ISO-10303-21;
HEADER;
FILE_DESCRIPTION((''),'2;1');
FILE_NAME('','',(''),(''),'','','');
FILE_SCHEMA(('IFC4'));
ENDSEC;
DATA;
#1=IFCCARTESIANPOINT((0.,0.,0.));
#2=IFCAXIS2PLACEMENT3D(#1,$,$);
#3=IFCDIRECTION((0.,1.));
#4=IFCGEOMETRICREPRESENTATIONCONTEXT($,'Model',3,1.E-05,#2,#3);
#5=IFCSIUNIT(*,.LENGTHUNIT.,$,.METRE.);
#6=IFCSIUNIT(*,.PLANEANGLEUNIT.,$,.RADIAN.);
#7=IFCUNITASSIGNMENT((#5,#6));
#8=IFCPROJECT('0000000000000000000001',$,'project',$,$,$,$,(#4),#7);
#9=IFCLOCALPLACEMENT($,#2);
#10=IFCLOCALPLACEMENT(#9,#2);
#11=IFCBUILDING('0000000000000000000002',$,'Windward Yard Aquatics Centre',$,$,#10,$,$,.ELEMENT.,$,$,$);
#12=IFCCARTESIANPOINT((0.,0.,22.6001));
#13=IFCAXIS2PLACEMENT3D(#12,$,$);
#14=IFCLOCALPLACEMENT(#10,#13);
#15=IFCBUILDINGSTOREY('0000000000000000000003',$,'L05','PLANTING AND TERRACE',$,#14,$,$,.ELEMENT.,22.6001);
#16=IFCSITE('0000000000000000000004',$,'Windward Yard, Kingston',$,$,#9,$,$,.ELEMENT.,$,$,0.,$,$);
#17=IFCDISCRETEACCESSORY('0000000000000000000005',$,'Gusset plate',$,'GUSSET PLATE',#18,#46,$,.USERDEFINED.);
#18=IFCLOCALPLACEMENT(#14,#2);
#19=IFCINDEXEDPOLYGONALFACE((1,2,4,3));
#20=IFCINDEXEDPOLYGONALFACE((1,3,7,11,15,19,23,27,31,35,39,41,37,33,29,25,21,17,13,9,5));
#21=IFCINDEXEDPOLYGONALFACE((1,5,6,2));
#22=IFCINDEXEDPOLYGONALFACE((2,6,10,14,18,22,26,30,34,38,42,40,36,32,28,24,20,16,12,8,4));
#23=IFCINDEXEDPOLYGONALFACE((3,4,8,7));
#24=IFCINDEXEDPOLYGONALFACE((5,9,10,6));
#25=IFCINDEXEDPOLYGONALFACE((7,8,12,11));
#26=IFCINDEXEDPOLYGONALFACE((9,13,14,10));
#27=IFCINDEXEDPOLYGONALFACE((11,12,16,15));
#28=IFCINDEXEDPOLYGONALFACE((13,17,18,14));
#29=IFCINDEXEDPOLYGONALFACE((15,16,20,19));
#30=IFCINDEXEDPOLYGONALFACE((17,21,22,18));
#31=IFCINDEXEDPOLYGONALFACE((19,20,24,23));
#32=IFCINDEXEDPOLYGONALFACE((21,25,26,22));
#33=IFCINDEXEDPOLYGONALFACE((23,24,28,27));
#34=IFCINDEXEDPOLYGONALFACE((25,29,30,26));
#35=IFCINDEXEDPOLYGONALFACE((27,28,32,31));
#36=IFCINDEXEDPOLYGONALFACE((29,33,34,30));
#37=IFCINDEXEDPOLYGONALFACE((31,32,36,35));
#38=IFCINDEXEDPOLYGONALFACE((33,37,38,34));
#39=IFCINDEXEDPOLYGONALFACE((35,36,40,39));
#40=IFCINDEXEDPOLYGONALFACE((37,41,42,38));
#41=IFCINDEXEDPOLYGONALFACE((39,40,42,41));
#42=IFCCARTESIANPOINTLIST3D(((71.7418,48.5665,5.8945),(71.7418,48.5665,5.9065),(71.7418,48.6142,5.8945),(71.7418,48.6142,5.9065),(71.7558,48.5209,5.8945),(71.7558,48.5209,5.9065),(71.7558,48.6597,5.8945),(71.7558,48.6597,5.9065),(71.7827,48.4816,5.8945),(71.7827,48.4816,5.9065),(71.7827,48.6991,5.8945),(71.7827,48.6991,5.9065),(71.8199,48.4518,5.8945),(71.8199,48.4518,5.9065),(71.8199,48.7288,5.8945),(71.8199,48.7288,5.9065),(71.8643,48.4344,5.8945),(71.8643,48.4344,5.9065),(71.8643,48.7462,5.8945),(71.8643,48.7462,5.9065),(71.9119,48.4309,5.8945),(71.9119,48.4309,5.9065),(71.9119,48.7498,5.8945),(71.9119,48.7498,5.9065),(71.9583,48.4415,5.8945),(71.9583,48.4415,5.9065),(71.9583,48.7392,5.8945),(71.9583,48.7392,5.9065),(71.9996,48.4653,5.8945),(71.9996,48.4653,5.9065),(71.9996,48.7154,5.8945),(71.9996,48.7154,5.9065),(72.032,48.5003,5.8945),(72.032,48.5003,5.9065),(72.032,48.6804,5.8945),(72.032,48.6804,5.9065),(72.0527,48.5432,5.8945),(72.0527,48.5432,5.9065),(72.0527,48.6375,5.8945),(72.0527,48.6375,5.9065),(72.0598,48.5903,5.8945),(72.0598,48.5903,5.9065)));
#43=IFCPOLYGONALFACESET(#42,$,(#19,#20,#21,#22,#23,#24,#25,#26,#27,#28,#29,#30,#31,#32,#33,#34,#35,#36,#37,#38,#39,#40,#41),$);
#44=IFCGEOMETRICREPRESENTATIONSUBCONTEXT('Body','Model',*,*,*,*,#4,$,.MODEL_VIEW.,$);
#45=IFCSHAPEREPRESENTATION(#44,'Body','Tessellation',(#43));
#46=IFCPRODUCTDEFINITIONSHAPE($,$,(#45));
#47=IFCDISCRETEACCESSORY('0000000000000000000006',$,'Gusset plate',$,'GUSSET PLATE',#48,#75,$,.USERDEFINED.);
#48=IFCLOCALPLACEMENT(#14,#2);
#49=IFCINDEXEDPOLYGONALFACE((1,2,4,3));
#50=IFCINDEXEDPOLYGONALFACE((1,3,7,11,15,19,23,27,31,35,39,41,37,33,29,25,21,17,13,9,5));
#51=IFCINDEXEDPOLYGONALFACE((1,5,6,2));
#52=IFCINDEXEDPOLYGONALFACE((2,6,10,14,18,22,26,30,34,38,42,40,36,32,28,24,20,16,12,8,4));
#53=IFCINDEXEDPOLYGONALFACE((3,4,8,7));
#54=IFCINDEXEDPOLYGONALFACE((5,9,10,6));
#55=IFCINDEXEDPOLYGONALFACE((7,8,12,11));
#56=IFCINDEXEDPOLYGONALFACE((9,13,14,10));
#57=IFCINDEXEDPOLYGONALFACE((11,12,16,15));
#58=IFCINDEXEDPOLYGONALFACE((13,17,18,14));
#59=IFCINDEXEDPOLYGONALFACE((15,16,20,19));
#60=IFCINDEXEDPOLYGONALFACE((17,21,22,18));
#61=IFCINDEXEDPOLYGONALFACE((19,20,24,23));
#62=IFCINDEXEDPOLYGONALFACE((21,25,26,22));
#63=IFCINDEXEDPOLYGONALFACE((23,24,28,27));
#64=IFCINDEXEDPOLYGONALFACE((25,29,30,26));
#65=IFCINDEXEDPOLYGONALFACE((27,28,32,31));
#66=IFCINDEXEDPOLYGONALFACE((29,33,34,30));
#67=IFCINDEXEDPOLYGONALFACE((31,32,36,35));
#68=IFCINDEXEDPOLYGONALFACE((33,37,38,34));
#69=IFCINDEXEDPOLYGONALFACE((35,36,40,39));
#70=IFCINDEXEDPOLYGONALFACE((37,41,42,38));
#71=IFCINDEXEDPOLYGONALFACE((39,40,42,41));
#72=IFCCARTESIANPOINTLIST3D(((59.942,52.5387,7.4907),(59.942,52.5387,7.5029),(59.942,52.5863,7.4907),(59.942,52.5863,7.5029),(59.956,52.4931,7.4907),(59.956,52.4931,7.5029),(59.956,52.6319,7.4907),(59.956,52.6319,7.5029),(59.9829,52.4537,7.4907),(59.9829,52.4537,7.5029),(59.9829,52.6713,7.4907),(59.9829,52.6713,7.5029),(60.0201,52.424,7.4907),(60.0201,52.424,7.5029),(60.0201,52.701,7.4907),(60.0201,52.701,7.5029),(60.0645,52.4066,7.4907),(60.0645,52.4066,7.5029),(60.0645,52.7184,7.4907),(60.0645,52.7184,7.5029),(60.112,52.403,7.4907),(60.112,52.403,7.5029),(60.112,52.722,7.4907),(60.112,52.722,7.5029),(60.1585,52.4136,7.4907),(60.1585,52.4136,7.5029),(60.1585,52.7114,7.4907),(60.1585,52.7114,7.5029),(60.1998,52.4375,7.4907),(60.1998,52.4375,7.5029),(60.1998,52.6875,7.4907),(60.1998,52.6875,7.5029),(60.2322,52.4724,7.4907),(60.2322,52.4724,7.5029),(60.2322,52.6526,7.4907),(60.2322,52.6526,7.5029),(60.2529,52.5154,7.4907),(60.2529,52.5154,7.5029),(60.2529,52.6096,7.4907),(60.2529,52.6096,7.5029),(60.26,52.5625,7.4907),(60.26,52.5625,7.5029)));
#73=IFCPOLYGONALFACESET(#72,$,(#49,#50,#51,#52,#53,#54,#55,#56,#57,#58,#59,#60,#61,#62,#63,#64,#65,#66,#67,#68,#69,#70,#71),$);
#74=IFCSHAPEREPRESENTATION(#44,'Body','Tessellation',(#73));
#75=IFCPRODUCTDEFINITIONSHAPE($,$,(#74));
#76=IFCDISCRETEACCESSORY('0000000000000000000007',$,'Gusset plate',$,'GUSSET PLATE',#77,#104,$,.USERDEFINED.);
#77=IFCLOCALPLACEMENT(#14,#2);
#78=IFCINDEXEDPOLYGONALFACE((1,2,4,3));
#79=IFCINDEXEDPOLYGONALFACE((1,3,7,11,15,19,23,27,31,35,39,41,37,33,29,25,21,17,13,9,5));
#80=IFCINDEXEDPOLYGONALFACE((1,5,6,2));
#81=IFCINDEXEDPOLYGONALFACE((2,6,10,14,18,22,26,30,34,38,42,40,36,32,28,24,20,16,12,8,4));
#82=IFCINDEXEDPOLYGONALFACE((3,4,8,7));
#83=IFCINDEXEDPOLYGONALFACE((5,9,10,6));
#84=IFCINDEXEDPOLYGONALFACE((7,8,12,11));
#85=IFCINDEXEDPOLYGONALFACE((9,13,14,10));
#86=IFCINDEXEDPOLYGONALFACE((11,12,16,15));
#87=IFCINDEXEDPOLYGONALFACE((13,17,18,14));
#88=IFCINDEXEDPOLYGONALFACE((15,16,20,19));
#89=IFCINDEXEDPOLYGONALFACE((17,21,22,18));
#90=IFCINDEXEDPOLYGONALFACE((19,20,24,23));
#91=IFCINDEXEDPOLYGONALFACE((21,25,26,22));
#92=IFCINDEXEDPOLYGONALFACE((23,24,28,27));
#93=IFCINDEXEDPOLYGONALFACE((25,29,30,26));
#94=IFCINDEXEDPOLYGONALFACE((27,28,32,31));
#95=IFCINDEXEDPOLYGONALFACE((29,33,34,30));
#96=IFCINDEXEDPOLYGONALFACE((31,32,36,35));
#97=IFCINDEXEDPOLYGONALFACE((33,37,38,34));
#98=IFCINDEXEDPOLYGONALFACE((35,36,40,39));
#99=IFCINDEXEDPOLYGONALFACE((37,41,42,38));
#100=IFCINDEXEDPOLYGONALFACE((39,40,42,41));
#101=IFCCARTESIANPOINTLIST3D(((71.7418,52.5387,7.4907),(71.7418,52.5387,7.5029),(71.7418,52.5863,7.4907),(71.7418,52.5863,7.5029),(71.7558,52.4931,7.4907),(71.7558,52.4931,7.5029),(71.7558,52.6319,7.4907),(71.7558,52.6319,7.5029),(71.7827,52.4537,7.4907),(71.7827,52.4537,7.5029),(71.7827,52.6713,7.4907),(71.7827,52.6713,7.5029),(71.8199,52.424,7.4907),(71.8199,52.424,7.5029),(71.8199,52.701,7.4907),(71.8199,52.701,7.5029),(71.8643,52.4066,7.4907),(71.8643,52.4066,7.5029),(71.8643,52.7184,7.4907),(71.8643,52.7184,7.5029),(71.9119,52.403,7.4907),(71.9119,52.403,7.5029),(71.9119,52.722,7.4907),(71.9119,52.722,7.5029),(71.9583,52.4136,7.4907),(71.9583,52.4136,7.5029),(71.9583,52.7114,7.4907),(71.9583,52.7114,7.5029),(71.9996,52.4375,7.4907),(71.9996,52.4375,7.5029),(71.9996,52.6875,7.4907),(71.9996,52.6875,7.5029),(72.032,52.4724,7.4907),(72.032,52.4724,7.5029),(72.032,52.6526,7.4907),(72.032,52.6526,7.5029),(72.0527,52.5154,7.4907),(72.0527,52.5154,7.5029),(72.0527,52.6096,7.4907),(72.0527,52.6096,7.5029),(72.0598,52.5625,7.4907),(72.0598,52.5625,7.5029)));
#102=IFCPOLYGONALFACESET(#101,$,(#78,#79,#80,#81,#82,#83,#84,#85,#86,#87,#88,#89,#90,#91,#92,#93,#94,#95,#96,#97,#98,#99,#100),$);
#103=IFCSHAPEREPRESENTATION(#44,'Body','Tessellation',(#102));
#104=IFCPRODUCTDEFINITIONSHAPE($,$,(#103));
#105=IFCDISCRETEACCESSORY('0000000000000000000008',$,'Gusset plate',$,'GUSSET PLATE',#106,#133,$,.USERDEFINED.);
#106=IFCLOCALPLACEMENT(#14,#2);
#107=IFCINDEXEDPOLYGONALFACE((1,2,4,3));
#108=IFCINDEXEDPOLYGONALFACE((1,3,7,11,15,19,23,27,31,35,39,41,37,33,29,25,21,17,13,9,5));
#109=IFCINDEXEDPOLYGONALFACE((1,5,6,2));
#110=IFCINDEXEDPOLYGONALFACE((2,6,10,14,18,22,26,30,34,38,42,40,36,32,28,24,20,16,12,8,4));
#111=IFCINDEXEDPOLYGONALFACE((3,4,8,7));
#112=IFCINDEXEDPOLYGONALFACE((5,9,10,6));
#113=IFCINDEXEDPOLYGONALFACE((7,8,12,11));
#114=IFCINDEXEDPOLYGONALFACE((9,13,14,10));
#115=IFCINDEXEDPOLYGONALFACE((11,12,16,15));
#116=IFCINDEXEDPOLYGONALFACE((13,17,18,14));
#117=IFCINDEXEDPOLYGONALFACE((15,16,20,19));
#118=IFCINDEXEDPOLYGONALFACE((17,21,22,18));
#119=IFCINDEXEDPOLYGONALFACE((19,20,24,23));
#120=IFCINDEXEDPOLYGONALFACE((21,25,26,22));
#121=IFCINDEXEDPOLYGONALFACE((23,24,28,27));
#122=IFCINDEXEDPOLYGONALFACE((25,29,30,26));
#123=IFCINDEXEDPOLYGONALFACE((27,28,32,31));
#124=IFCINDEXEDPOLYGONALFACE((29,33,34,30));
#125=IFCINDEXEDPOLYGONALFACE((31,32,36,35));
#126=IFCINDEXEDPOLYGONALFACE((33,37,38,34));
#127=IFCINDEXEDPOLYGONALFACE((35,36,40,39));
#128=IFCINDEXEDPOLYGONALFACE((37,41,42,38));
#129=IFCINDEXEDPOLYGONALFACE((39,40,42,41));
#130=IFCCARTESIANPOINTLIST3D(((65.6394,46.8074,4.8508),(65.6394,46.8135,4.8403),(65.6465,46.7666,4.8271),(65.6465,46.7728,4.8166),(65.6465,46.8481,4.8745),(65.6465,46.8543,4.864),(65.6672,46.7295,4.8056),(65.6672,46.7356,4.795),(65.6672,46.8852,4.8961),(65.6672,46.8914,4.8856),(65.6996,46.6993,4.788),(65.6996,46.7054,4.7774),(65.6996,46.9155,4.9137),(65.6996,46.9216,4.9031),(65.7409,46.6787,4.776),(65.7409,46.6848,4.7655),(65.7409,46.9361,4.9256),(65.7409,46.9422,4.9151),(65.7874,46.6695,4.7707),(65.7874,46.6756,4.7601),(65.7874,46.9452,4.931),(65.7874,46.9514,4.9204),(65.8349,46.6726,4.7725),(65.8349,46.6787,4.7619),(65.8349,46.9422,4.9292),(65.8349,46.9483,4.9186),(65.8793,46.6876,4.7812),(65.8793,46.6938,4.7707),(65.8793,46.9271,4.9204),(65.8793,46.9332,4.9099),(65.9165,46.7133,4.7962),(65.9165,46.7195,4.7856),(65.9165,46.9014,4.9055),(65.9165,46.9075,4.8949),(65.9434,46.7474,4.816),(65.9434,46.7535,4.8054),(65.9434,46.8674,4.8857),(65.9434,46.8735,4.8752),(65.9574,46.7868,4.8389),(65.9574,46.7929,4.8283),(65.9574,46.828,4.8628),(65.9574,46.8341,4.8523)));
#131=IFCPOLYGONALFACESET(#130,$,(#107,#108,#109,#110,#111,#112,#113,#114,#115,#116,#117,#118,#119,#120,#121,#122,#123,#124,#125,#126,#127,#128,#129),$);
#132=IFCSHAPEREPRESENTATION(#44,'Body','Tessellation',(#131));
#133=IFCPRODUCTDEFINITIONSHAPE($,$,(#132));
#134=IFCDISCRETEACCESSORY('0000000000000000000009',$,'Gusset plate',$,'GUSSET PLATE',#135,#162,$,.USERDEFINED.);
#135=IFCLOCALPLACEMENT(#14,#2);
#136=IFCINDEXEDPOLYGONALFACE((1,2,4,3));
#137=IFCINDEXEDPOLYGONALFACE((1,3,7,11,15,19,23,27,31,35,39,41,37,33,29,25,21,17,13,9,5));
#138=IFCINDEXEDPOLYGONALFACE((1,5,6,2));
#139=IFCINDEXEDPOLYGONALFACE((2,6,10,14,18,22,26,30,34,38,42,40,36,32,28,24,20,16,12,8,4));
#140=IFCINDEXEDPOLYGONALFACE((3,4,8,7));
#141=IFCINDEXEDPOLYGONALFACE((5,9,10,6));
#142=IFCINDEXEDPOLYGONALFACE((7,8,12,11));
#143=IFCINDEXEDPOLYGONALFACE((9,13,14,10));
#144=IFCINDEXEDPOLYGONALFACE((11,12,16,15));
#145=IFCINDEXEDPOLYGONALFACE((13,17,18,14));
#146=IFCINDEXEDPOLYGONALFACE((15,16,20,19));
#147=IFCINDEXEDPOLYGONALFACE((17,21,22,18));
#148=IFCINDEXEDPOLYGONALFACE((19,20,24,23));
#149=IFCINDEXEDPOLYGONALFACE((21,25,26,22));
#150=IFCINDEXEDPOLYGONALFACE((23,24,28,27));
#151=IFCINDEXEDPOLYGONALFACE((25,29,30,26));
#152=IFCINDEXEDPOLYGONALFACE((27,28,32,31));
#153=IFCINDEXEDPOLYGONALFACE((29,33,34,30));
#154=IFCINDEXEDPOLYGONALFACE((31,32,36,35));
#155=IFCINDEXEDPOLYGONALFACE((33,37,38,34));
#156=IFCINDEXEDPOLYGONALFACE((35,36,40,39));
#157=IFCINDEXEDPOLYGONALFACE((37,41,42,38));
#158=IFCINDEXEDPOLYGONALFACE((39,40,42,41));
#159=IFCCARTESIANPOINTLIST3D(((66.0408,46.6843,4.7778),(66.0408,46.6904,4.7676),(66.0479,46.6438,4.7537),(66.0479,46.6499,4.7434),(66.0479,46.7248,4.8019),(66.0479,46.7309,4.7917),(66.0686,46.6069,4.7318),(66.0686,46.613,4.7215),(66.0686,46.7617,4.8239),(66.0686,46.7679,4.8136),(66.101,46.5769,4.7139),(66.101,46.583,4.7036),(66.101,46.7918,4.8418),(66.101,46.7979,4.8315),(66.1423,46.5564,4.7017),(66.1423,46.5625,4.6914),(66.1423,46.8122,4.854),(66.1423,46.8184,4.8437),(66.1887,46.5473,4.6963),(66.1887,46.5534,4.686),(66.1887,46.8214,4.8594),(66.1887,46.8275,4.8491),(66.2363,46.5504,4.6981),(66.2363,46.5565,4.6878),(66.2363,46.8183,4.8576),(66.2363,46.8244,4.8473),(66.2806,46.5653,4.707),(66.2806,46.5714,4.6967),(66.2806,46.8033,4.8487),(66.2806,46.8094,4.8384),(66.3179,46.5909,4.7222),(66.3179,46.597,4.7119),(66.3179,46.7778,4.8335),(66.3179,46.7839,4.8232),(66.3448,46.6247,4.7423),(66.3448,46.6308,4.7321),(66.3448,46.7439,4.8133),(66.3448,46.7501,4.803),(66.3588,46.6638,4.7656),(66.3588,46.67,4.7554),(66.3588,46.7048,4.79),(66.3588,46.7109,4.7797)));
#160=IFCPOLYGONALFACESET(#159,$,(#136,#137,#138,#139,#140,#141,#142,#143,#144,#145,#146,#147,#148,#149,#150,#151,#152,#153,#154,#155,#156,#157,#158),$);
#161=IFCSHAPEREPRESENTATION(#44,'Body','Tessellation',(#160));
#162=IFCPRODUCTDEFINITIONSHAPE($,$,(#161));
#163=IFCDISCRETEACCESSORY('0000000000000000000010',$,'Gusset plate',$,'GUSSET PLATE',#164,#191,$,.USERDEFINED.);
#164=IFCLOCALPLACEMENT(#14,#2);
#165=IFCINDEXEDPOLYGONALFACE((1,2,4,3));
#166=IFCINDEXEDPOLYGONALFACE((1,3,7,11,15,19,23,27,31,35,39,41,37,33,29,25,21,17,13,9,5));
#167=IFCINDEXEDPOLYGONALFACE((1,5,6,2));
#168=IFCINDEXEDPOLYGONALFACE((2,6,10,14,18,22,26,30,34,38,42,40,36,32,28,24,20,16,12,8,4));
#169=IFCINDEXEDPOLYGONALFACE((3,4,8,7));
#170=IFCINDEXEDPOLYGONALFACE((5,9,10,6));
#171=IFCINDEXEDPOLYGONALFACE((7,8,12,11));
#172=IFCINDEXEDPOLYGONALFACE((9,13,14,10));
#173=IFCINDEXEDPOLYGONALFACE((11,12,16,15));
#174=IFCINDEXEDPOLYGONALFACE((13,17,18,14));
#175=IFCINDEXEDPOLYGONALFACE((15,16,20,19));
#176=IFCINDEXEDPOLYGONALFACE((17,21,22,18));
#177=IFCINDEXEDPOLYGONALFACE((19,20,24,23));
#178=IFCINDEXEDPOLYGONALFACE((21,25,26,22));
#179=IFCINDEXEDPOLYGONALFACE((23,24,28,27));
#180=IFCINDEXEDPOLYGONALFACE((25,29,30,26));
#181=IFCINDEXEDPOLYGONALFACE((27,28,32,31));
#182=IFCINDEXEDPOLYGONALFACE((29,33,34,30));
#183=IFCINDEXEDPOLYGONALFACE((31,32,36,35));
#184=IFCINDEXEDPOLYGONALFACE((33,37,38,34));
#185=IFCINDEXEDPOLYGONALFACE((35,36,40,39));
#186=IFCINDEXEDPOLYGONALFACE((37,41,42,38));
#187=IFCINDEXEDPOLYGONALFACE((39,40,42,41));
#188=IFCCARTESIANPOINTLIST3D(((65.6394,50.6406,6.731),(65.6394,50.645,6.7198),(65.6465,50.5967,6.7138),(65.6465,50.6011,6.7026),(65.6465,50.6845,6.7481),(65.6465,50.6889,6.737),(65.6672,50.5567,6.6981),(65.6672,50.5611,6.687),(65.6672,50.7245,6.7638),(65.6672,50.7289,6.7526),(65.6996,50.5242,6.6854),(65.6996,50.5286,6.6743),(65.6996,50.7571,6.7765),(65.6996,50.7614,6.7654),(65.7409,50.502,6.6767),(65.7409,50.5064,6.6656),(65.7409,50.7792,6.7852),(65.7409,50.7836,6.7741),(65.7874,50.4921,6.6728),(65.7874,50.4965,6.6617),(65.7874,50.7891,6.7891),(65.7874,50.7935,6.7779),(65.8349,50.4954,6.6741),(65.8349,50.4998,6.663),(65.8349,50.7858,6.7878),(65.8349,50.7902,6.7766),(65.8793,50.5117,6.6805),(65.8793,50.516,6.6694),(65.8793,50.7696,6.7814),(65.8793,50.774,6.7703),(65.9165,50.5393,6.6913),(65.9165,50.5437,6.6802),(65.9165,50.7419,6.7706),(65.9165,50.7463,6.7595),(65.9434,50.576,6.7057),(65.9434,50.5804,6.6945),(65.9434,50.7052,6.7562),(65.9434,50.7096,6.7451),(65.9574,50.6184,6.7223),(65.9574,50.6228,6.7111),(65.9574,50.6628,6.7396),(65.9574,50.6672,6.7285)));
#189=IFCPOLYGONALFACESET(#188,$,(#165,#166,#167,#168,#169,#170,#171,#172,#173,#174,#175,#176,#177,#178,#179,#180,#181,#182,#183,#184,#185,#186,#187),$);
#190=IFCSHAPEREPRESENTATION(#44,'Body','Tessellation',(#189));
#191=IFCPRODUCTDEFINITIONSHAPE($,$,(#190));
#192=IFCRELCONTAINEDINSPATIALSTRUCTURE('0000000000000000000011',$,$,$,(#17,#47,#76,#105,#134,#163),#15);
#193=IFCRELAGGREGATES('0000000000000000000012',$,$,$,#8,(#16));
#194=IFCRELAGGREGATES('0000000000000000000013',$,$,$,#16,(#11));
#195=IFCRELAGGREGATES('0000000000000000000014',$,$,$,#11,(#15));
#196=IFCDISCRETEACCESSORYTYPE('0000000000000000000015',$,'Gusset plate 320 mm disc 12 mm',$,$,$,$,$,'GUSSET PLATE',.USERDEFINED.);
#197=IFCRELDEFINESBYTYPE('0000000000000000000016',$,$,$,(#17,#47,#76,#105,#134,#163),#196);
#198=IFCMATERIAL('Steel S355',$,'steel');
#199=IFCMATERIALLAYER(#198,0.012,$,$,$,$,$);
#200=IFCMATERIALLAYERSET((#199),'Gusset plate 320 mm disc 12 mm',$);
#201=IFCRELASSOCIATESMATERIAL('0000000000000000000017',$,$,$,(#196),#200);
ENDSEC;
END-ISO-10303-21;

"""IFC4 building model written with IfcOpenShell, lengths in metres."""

from ifc_helpers import new_model, si_unit, direction, frame, origin, origin_2d, place, context, subcontext, project, spatial, circle, extrude, material, layer, layer_set, type_object, element, save


model = new_model("IFC4")

# Units and contexts
model_context = context("Model", 3, precision=1e-05, world=origin(), true_north=direction((0.0, 1.0)))
body_context = subcontext(model_context, "Body", "Model", "MODEL_VIEW")
ifc_project = project(units=[si_unit("LENGTHUNIT", "METRE"), si_unit("PLANEANGLEUNIT", "RADIAN")], contexts=[model_context])

# Site, building, storey
site_placement = place(None, origin())
site = spatial("IfcSite", under=ifc_project, at=site_placement, Name="Windward Yard, Kingston", CompositionType="ELEMENT", RefElevation=0.0)
building_placement = place(site_placement, origin())
building = spatial("IfcBuilding", under=site, at=building_placement, Name="Windward Yard Aquatics Centre", CompositionType="ELEMENT")
storey_placement = place(building_placement, frame((0.0, 0.0, 22.6001)))
storey = spatial("IfcBuildingStorey", under=building, at=storey_placement, Name="L05", Description="PLANTING AND TERRACE", CompositionType="ELEMENT", Elevation=22.6001)

# Discrete accessories
ifc_material_1 = material(Name="Steel S355", Category="steel")
ifc_layer = layer(ifc_material_1, 0.012)
ifc_layer_set = layer_set([ifc_layer], Name="Gusset plate 320 mm disc 12 mm")
discrete_accessory_type = type_object("IfcDiscreteAccessoryType", Name="Gusset plate 320 mm disc 12 mm", ElementType="GUSSET PLATE", PredefinedType="USERDEFINED", material=ifc_layer_set)
for number, where, z_axis, x_axis, name in (
    (1, (71.8999, 48.5903, 5.8945), (0.0, 0.0, 1.0), (1.0, 0.0, 0.0), "Gusset plate"),
):
    element("IfcDiscreteAccessory", number, at=place(storey_placement, frame(where, z_axis=z_axis, x_axis=x_axis)), inside=storey, type_object=discrete_accessory_type, Name=name, ObjectType="GUSSET PLATE", PredefinedType="USERDEFINED", context=body_context, shape_type="SweptSolid", body=[
        extrude(circle(Radius=0.1599, at=origin_2d()), origin(), (0.0, 0.0, 1.0), 0.012),
    ])
for number, where, z_axis, x_axis, name in (
    (2, (60.1001, 52.5625, 7.4907), (0.0, 0.0, 1.0), (1.0, 0.0, 0.0), "Gusset plate"),
    (3, (71.8999, 52.5625, 7.4907), (0.0, 0.0, 1.0), (1.0, 0.0, 0.0), "Gusset plate"),
    (4, (65.7993, 46.8074, 4.8508), (0.0, 0.50262, -0.864507), (-1.0, 0.0, 0.0), "Gusset plate"),
):
    element("IfcDiscreteAccessory", number, at=place(storey_placement, frame(where, z_axis=z_axis, x_axis=x_axis)), inside=storey, type_object=discrete_accessory_type, Name=name, ObjectType="GUSSET PLATE", PredefinedType="USERDEFINED", context=body_context, shape_type="SweptSolid", body=[
        extrude(circle(Radius=0.1599, at=origin_2d()), origin(), (0.0, 0.0, 1.0), 0.0122),
    ])
for number, where, z_axis, x_axis, name in (
    (5, (66.2007, 46.6843, 4.7778), (0.0, 0.511484, -0.859293), (-1.0, 0.0, 0.0), "Gusset plate"),
    (6, (65.7993, 50.6406, 6.731), (0.0, 0.364399, -0.931243), (-1.0, 0.0, 0.0), "Gusset plate"),
):
    element("IfcDiscreteAccessory", number, at=place(storey_placement, frame(where, z_axis=z_axis, x_axis=x_axis)), inside=storey, type_object=discrete_accessory_type, Name=name, ObjectType="GUSSET PLATE", PredefinedType="USERDEFINED", context=body_context, shape_type="SweptSolid", body=[
        extrude(circle(Radius=0.1599, at=origin_2d()), origin(), (0.0, 0.0, 1.0), 0.012),
    ])

save(model, "model.ifc")
